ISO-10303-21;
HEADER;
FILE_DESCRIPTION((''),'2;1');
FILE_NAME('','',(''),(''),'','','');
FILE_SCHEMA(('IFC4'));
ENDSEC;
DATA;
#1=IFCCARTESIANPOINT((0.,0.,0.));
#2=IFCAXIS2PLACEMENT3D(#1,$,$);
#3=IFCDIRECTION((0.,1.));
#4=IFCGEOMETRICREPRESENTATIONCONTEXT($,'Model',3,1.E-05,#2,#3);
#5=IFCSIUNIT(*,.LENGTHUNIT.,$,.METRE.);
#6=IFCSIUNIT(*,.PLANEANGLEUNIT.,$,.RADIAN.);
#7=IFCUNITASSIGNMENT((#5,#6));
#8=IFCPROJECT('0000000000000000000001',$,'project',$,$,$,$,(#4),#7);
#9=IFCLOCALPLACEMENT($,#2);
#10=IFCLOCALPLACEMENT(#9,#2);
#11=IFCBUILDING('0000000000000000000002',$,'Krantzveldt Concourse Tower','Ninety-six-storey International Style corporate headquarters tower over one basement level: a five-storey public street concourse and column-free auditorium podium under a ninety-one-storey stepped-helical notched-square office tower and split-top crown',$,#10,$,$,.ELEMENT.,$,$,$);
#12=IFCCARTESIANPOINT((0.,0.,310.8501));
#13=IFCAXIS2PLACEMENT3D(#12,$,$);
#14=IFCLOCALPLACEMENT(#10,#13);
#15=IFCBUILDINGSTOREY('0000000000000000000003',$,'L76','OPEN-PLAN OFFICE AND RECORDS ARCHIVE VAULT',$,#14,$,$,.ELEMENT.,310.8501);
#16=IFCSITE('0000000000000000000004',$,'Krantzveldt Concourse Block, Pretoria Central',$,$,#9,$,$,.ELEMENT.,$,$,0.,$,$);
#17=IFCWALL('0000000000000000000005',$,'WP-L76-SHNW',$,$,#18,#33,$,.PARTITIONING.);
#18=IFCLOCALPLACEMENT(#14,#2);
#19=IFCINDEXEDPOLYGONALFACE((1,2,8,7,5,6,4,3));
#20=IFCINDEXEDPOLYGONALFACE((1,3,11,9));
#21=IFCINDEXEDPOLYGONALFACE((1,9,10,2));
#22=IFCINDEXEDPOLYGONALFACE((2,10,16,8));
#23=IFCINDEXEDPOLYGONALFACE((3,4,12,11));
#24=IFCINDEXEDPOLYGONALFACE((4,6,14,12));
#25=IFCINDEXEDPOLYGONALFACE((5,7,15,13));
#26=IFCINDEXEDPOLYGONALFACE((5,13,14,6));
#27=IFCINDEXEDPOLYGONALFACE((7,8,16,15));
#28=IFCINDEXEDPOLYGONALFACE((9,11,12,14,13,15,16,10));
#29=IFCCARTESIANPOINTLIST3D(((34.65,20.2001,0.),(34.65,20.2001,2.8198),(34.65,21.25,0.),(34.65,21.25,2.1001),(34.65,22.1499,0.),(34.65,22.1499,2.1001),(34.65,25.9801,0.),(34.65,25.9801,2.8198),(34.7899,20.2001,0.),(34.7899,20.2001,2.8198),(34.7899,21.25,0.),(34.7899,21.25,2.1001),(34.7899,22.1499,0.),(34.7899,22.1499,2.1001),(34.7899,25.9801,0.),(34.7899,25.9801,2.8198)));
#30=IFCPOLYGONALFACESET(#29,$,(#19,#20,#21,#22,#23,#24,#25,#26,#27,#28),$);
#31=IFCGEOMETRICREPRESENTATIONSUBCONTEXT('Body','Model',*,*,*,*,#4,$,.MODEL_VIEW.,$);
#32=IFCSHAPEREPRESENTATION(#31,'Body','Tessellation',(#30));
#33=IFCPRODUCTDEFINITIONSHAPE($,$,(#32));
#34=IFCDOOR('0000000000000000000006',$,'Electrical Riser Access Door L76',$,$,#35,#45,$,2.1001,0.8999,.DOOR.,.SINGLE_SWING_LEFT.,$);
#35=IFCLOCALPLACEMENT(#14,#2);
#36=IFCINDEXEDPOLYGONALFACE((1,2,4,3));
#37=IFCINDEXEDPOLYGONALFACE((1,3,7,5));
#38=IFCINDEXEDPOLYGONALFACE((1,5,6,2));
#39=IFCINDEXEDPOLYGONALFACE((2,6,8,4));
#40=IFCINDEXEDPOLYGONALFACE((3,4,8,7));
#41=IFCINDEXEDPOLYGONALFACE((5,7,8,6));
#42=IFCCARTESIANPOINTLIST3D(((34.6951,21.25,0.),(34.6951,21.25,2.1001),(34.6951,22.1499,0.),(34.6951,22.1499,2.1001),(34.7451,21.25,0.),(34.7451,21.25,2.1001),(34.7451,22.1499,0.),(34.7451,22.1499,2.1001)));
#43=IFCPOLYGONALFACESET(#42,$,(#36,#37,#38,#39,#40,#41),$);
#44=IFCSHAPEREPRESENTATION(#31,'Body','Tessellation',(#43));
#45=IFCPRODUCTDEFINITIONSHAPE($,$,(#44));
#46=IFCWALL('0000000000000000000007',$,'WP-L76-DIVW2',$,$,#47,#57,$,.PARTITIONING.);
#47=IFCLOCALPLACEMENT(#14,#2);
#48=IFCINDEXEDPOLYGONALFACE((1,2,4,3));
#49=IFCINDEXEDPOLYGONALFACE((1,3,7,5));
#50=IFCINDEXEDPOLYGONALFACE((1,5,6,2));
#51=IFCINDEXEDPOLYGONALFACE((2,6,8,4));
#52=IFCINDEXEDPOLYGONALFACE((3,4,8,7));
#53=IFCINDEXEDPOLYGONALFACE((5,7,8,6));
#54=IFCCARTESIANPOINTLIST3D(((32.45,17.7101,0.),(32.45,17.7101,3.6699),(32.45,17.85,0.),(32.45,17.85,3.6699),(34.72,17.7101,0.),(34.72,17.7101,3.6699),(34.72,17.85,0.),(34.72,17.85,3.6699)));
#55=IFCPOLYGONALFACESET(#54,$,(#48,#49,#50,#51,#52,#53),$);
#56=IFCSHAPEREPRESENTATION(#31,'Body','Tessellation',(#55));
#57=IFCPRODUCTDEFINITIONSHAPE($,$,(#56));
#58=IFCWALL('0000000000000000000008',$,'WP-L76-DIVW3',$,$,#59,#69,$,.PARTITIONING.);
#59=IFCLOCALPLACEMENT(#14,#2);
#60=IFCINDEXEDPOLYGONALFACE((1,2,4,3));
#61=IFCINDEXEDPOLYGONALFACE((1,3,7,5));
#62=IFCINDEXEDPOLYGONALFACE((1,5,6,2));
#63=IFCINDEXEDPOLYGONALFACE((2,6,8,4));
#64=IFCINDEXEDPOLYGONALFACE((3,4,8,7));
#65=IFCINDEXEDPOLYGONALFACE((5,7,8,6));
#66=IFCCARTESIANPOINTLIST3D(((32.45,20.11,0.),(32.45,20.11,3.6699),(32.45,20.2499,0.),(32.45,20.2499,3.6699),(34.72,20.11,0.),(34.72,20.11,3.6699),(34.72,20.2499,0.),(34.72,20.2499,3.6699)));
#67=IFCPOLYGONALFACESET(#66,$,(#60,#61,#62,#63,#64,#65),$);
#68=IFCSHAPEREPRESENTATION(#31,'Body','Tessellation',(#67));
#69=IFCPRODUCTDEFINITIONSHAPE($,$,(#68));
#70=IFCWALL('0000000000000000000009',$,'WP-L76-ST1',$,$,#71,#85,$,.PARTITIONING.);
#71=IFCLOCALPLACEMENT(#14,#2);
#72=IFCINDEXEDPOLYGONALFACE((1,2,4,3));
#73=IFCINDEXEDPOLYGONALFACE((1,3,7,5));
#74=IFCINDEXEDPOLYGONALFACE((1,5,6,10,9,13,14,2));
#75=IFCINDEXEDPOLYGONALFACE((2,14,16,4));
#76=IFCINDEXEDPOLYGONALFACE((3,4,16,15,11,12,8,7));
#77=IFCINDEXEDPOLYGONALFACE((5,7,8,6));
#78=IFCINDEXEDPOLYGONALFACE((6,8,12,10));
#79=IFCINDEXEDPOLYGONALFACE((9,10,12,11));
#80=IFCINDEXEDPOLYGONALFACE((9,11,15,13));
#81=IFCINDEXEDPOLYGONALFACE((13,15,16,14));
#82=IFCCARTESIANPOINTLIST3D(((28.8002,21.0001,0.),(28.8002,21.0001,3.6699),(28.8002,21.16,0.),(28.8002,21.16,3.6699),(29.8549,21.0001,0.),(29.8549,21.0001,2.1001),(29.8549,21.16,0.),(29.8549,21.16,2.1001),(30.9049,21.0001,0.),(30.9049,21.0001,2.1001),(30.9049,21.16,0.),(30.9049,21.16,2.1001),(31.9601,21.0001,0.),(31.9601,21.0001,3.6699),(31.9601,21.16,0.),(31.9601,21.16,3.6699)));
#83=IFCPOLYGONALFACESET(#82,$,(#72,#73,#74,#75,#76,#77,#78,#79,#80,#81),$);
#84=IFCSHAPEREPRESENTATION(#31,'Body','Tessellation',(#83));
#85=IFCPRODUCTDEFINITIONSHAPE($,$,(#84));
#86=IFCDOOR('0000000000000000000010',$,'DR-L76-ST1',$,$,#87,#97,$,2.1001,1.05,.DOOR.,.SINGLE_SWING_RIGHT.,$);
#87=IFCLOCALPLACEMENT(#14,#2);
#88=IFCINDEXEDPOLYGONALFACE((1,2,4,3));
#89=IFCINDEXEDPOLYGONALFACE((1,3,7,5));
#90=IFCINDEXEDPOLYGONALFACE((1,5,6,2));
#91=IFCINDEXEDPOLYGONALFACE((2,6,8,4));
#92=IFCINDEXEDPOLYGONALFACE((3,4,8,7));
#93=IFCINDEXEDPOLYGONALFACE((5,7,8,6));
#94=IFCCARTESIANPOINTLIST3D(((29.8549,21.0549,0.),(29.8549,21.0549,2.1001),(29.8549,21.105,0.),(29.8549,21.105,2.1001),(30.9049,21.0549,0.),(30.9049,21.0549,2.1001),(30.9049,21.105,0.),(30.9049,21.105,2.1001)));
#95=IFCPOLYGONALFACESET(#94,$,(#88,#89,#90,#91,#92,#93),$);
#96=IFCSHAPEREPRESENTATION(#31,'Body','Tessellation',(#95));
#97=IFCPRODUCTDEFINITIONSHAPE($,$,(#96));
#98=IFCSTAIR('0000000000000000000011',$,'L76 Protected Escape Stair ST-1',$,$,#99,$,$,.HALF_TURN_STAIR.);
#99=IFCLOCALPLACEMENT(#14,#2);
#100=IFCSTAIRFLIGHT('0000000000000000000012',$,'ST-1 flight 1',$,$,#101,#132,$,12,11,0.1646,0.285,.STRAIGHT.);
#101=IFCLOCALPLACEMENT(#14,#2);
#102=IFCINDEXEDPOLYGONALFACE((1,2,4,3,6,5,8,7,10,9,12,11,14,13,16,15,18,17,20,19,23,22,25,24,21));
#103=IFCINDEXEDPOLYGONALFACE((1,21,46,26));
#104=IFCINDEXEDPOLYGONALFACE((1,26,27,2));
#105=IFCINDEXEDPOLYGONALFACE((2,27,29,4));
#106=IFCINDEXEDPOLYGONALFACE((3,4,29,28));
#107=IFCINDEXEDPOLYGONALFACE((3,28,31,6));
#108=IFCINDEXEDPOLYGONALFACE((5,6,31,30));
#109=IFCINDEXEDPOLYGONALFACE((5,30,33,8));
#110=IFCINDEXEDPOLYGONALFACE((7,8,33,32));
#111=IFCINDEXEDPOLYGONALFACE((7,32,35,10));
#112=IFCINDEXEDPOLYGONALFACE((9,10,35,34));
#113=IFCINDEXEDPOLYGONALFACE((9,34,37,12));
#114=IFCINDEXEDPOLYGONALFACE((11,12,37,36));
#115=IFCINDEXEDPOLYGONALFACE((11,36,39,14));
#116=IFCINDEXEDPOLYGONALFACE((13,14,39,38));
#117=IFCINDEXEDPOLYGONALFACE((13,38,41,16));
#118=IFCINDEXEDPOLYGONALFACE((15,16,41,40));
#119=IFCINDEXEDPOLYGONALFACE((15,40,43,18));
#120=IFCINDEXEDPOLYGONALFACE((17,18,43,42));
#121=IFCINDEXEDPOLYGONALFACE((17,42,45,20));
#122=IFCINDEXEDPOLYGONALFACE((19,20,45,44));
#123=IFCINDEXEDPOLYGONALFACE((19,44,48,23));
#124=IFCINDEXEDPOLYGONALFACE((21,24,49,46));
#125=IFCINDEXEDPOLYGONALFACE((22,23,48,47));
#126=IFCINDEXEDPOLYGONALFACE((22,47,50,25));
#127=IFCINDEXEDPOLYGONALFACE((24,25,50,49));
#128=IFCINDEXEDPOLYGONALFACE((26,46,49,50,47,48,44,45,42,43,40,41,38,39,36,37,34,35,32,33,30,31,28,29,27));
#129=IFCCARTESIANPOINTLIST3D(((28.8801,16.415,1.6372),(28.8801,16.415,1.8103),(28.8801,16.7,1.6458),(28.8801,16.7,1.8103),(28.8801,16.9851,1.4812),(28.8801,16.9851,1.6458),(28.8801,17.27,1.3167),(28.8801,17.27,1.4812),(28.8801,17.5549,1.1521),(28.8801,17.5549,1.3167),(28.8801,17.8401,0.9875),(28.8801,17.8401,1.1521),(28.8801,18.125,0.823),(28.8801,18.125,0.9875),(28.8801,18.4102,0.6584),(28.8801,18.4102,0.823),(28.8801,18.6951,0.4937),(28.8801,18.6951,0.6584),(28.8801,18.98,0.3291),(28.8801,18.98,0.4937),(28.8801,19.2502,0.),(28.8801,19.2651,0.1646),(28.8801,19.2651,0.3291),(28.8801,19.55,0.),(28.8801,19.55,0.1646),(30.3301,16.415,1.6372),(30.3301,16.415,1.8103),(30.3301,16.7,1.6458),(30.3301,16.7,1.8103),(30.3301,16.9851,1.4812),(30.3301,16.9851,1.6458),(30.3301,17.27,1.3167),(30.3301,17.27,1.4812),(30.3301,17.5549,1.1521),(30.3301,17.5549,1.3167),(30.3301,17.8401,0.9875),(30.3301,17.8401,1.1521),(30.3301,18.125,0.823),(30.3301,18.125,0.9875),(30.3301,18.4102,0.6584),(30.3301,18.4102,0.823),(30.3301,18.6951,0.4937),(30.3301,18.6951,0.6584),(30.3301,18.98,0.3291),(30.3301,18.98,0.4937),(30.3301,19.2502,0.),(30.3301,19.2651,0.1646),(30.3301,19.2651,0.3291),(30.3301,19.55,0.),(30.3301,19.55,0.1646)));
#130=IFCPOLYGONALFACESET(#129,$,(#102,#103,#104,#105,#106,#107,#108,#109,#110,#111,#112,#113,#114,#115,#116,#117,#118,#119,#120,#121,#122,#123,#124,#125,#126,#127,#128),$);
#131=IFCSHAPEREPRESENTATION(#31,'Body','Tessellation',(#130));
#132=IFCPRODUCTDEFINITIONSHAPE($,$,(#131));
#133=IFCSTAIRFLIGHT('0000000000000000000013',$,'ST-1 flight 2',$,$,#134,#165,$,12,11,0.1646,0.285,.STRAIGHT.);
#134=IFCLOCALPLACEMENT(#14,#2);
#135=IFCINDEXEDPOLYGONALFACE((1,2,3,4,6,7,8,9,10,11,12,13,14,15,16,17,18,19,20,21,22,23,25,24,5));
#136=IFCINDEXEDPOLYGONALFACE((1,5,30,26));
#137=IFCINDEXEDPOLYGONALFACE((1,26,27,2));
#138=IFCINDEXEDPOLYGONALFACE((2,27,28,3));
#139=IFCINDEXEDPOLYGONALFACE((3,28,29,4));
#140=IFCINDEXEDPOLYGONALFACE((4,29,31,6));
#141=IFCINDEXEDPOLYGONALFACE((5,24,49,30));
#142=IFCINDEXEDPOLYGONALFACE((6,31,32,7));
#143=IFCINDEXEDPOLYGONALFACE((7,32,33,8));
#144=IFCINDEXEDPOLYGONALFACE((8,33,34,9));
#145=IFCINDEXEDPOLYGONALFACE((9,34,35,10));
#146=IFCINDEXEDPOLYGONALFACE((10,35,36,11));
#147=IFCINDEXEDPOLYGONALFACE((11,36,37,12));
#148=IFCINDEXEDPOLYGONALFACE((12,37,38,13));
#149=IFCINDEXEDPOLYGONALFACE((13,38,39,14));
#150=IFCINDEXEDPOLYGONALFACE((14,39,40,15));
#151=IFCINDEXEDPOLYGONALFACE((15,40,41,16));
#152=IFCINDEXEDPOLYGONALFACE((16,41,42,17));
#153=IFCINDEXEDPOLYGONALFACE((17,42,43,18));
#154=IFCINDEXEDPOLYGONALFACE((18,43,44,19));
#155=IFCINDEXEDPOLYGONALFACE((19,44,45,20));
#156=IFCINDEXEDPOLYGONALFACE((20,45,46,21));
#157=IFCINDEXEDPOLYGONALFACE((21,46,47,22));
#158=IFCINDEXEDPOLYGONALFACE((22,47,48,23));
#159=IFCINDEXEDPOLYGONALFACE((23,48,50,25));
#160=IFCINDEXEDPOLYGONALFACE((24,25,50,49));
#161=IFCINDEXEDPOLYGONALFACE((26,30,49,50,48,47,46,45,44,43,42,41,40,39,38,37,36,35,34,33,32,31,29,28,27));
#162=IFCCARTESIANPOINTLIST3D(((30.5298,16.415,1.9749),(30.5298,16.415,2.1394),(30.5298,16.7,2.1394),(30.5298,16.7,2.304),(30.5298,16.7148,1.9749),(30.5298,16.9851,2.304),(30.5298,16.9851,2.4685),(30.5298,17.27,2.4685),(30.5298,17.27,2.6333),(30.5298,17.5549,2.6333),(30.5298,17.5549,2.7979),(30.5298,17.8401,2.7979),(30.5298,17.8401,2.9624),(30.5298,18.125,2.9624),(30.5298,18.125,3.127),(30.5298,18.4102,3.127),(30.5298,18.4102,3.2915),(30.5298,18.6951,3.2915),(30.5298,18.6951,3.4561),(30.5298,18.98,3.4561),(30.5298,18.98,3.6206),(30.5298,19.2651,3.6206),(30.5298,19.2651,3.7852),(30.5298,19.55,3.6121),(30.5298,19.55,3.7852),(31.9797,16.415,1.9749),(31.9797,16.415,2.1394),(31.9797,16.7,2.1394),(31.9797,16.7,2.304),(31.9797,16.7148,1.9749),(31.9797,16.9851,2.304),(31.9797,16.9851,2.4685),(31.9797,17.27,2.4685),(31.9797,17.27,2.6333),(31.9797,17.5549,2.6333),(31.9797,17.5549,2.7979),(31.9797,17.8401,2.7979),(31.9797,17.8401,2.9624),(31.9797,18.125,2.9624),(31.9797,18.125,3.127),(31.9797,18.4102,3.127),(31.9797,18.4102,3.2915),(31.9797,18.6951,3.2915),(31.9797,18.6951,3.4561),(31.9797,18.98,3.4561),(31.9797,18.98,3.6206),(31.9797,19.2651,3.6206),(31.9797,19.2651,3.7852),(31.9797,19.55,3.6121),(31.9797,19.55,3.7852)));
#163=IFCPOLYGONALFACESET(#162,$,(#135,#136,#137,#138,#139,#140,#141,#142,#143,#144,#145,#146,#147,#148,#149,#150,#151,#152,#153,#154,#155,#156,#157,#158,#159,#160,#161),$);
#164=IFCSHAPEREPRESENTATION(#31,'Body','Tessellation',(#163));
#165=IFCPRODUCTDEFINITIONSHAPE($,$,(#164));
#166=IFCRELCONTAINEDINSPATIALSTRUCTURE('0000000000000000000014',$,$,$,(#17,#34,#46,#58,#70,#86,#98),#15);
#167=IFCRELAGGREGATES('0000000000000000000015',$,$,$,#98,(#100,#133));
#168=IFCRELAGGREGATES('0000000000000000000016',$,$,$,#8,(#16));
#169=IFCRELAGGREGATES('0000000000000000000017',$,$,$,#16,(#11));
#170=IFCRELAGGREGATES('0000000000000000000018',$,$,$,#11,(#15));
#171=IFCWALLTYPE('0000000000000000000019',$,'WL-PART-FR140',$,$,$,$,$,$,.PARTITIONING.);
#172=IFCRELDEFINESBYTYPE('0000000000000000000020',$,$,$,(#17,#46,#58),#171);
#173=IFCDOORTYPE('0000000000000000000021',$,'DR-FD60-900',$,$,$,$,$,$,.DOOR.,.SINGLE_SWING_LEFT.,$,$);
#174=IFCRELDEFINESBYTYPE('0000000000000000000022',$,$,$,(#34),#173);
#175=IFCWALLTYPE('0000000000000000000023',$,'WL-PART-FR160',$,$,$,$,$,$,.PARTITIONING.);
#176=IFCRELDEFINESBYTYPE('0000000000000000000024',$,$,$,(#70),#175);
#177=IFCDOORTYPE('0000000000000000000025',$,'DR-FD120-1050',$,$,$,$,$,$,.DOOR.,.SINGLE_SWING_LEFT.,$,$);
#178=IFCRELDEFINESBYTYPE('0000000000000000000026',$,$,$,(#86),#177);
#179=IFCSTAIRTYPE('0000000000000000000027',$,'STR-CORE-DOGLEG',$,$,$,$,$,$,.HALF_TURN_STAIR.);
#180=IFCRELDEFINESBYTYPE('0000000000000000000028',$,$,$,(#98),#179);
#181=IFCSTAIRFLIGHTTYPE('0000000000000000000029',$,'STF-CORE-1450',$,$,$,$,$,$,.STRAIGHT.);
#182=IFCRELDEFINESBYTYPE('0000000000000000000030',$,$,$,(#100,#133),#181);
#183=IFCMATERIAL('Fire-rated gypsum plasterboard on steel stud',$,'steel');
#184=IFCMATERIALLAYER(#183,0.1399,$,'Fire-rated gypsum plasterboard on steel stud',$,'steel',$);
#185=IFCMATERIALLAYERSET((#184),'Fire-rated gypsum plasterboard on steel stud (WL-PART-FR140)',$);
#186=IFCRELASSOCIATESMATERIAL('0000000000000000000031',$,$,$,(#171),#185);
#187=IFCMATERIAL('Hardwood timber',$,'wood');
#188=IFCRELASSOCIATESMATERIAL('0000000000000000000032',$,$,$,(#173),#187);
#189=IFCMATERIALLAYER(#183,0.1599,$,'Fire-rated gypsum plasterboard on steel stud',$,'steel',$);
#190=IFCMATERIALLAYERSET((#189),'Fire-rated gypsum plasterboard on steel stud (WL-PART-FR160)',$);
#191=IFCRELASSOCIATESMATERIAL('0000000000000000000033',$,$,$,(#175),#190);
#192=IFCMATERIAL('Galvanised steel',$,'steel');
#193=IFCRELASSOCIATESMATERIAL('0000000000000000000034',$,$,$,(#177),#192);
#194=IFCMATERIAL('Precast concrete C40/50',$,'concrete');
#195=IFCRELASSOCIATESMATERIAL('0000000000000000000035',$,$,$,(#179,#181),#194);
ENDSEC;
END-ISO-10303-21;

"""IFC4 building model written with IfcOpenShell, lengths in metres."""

from ifc_helpers import new_model, si_unit, direction, frame, frame_2d, origin, place, context, subcontext, project, spatial, polyline, rectangle, outline, extrude, material, layer, layer_set, type_object, element, fill, aggregate, save


model = new_model("IFC4")

# Units and contexts
model_context = context("Model", 3, precision=1e-05, world=origin(), true_north=direction((0.0, 1.0)))
body_context = subcontext(model_context, "Body", "Model", "MODEL_VIEW")
ifc_project = project(units=[si_unit("LENGTHUNIT", "METRE"), si_unit("PLANEANGLEUNIT", "RADIAN")], contexts=[model_context])

# Site, building, storey
site_placement = place(None, origin())
site = spatial("IfcSite", under=ifc_project, at=site_placement, Name="Krantzveldt Concourse Block, Pretoria Central", CompositionType="ELEMENT", RefElevation=0.0)
building_placement = place(site_placement, origin())
building = spatial("IfcBuilding", under=site, at=building_placement, Name="Krantzveldt Concourse Tower", Description="Ninety-six-storey International Style corporate headquarters tower over one basement level: a five-storey public street concourse and column-free auditorium podium under a ninety-one-storey stepped-helical notched-square office tower and split-top crown", CompositionType="ELEMENT")
storey_placement = place(building_placement, frame((0.0, 0.0, 310.8501)))
storey = spatial("IfcBuildingStorey", under=building, at=storey_placement, Name="L76", Description="OPEN-PLAN OFFICE AND RECORDS ARCHIVE VAULT", CompositionType="ELEMENT", Elevation=310.8501)

# Wall, opening, door
ifc_material_1 = material(Name="Fire-rated gypsum plasterboard on steel stud", Category="steel")
ifc_layer_1 = layer(ifc_material_1, 0.1399, Name="Fire-rated gypsum plasterboard on steel stud", Category="steel")
ifc_layer_set_1 = layer_set([ifc_layer_1], Name="Fire-rated gypsum plasterboard on steel stud (WL-PART-FR140)")
wall_type_1 = type_object("IfcWallType", Name="WL-PART-FR140", PredefinedType="PARTITIONING", material=ifc_layer_set_1)
wall_1_placement = place(storey_placement, frame((34.72, 20.2, 0.0), z_axis=(0.0, 0.0, 1.0), x_axis=(0.0, 1.0, 0.0)))
wall_1 = element("IfcWall", 1, at=wall_1_placement, inside=storey, type_object=wall_type_1, Name="WP-L76-SHNW", PredefinedType="PARTITIONING", context=body_context, shape_type="SweptSolid", body=[
    extrude(rectangle(XDim=5.78, YDim=0.1399, at=frame_2d((2.8901, 0.0))), origin(), (0.0, 0.0, 1.0), 2.8198),
])
opening_1_placement = place(wall_1_placement, frame((1.05, 0.0, 0.0)))
opening_1 = element("IfcOpeningElement", 2, at=opening_1_placement, cuts=wall_1, PredefinedType="OPENING", context=body_context, shape_type="SweptSolid", body=[
    extrude(rectangle(XDim=0.8999, YDim=2.1001, at=frame_2d((0.45, 1.05))), frame((0.0, 0.0801, 0.0), z_axis=(0.0, -1.0, 0.0), x_axis=(1.0, 0.0, 0.0)), (0.0, 0.0, 1.0), 0.1599),
])
ifc_material_2 = material(Name="Hardwood timber", Category="wood")
door_type_1 = type_object("IfcDoorType", Name="DR-FD60-900", OperationType="SINGLE_SWING_LEFT", PredefinedType="DOOR", material=ifc_material_2)
door_1_placement = place(opening_1_placement, origin())
door_1 = element("IfcDoor", 3, at=door_1_placement, inside=storey, type_object=door_type_1, Name="Electrical Riser Access Door L76", OperationType="SINGLE_SWING_LEFT", OverallHeight=2.1001, OverallWidth=0.8999, PredefinedType="DOOR", context=body_context, shape_type="SweptSolid", body=[
    extrude(rectangle(XDim=0.8999, YDim=2.1001, at=frame_2d((0.45, 1.05))), frame((0.0, 0.0249, 0.0), z_axis=(0.0, -1.0, 0.0), x_axis=(1.0, 0.0, 0.0)), (0.0, 0.0, 1.0), 0.05),
])
fill(opening_1, door_1)

# Walls
for number, where, z_axis, x_axis, name in (
    (4, (32.45, 17.78, 0.0), (0.0, 0.0, 1.0), (1.0, 0.0, 0.0), "WP-L76-DIVW2"),
    (5, (32.45, 20.1799, 0.0), (0.0, 0.0, 1.0), (1.0, 0.0, 0.0), "WP-L76-DIVW3"),
):
    element("IfcWall", number, at=place(storey_placement, frame(where, z_axis=z_axis, x_axis=x_axis)), inside=storey, type_object=wall_type_1, Name=name, PredefinedType="PARTITIONING", context=body_context, shape_type="SweptSolid", body=[
        extrude(rectangle(XDim=2.27, YDim=0.1399, at=frame_2d((1.135, 0.0))), origin(), (0.0, 0.0, 1.0), 3.6699),
    ])

# Wall, opening, door
ifc_layer_2 = layer(ifc_material_1, 0.1599, Name="Fire-rated gypsum plasterboard on steel stud", Category="steel")
ifc_layer_set_2 = layer_set([ifc_layer_2], Name="Fire-rated gypsum plasterboard on steel stud (WL-PART-FR160)")
wall_type_2 = type_object("IfcWallType", Name="WL-PART-FR160", PredefinedType="PARTITIONING", material=ifc_layer_set_2)
wall_2_placement = place(storey_placement, frame((28.8, 21.0801, 0.0), z_axis=(0.0, 0.0, 1.0), x_axis=(1.0, 0.0, 0.0)))
wall_2 = element("IfcWall", 6, at=wall_2_placement, inside=storey, type_object=wall_type_2, Name="WP-L76-ST1", PredefinedType="PARTITIONING", context=body_context, shape_type="SweptSolid", body=[
    extrude(rectangle(XDim=3.1599, YDim=0.1599, at=frame_2d((1.5801, 0.0))), origin(), (0.0, 0.0, 1.0), 3.6699),
])
opening_2_placement = place(wall_2_placement, frame((1.0549, 0.0, 0.0)))
opening_2 = element("IfcOpeningElement", 7, at=opening_2_placement, cuts=wall_2, PredefinedType="OPENING", context=body_context, shape_type="SweptSolid", body=[
    extrude(rectangle(XDim=1.05, YDim=2.1001, at=frame_2d((0.5249, 1.05))), frame((0.0, 0.0898, 0.0), z_axis=(0.0, -1.0, 0.0), x_axis=(1.0, 0.0, 0.0)), (0.0, 0.0, 1.0), 0.1799),
])
ifc_material_3 = material(Name="Galvanised steel", Category="steel")
door_type_2 = type_object("IfcDoorType", Name="DR-FD120-1050", OperationType="SINGLE_SWING_LEFT", PredefinedType="DOOR", material=ifc_material_3)
door_2_placement = place(opening_2_placement, origin())
door_2 = element("IfcDoor", 8, at=door_2_placement, inside=storey, type_object=door_type_2, Name="DR-L76-ST1", OperationType="SINGLE_SWING_RIGHT", OverallHeight=2.1001, OverallWidth=1.05, PredefinedType="DOOR", context=body_context, shape_type="SweptSolid", body=[
    extrude(rectangle(XDim=1.05, YDim=2.1001, at=frame_2d((0.5249, 1.05))), frame((0.0, 0.0249, 0.0), z_axis=(0.0, -1.0, 0.0), x_axis=(1.0, 0.0, 0.0)), (0.0, 0.0, 1.0), 0.05),
])
fill(opening_2, door_2)

# Stair, stair flights
ifc_material_4 = material(Name="Precast concrete C40/50", Category="concrete")
stair_type = type_object("IfcStairType", Name="STR-CORE-DOGLEG", PredefinedType="HALF_TURN_STAIR", material=ifc_material_4)
stair_placement = place(storey_placement, origin())
stair = element("IfcStair", 9, at=stair_placement, inside=storey, type_object=stair_type, Name="L76 Protected Escape Stair ST-1", PredefinedType="HALF_TURN_STAIR")
stair_flight_type = type_object("IfcStairFlightType", Name="STF-CORE-1450", PredefinedType="STRAIGHT", material=ifc_material_4)
stair_flight_1_placement = place(storey_placement, frame((29.605, 19.55, 0.0), z_axis=(0.0, 0.0, 1.0), x_axis=(0.0, -1.0, 0.0)))
stair_flight_1 = element("IfcStairFlight", 10, at=stair_flight_1_placement, type_object=stair_flight_type, Name="ST-1 flight 1", NumberOfRisers=12, NumberOfTreads=11, PredefinedType="STRAIGHT", RiserHeight=0.1646, TreadLength=0.285, context=body_context, shape_type="SweptSolid", body=[
    extrude(outline(polyline([(0.0, 0.0), (0.0, 0.1646), (0.2849, 0.1646), (0.2849, 0.3291), (0.5701, 0.3291), (0.5701, 0.4937), (0.855, 0.4937), (0.855, 0.6584), (1.1399, 0.6584), (1.1399, 0.823), (1.425, 0.823), (1.425, 0.9875), (1.71, 0.9875), (1.71, 1.1521), (1.9951, 1.1521), (1.9951, 1.3167), (2.28, 1.3167), (2.28, 1.4812), (2.5649, 1.4812), (2.5649, 1.6458), (2.8501, 1.6458), (2.8501, 1.8103), (3.135, 1.8103), (3.135, 1.9751), (3.135, 1.6372), (0.2998, 0.0), (0.0, 0.0)])), frame((0.0, 0.7251, 0.0), z_axis=(0.0, -1.0, 0.0), x_axis=(1.0, 0.0, 0.0)), (0.0, 0.0, 1.0), 1.45),
])
stair_flight_2_placement = place(storey_placement, frame((31.2549, 16.415, 1.9749), z_axis=(0.0, 0.0, 1.0), x_axis=(0.0, 1.0, 0.0)))
stair_flight_2 = element("IfcStairFlight", 11, at=stair_flight_2_placement, type_object=stair_flight_type, Name="ST-1 flight 2", NumberOfRisers=12, NumberOfTreads=11, PredefinedType="STRAIGHT", RiserHeight=0.1646, TreadLength=0.285, context=body_context, shape_type="SweptSolid", body=[
    extrude(outline(polyline([(0.0, 0.0), (0.0, 0.1646), (0.2849, 0.1646), (0.2849, 0.3291), (0.5701, 0.3291), (0.5701, 0.4937), (0.855, 0.4937), (0.855, 0.6584), (1.1399, 0.6584), (1.1399, 0.823), (1.425, 0.823), (1.425, 0.9875), (1.71, 0.9875), (1.71, 1.1521), (1.9951, 1.1521), (1.9951, 1.3167), (2.28, 1.3167), (2.28, 1.4812), (2.5649, 1.4812), (2.5649, 1.6458), (2.8501, 1.6458), (2.8501, 1.8103), (3.135, 1.8103), (3.135, 1.9751), (3.135, 1.6372), (0.2998, 0.0), (0.0, 0.0)])), frame((0.0, 0.7251, 0.0), z_axis=(0.0, -1.0, 0.0), x_axis=(1.0, 0.0, 0.0)), (0.0, 0.0, 1.0), 1.45),
])
aggregate(stair, [stair_flight_1, stair_flight_2])

save(model, "model.ifc")
